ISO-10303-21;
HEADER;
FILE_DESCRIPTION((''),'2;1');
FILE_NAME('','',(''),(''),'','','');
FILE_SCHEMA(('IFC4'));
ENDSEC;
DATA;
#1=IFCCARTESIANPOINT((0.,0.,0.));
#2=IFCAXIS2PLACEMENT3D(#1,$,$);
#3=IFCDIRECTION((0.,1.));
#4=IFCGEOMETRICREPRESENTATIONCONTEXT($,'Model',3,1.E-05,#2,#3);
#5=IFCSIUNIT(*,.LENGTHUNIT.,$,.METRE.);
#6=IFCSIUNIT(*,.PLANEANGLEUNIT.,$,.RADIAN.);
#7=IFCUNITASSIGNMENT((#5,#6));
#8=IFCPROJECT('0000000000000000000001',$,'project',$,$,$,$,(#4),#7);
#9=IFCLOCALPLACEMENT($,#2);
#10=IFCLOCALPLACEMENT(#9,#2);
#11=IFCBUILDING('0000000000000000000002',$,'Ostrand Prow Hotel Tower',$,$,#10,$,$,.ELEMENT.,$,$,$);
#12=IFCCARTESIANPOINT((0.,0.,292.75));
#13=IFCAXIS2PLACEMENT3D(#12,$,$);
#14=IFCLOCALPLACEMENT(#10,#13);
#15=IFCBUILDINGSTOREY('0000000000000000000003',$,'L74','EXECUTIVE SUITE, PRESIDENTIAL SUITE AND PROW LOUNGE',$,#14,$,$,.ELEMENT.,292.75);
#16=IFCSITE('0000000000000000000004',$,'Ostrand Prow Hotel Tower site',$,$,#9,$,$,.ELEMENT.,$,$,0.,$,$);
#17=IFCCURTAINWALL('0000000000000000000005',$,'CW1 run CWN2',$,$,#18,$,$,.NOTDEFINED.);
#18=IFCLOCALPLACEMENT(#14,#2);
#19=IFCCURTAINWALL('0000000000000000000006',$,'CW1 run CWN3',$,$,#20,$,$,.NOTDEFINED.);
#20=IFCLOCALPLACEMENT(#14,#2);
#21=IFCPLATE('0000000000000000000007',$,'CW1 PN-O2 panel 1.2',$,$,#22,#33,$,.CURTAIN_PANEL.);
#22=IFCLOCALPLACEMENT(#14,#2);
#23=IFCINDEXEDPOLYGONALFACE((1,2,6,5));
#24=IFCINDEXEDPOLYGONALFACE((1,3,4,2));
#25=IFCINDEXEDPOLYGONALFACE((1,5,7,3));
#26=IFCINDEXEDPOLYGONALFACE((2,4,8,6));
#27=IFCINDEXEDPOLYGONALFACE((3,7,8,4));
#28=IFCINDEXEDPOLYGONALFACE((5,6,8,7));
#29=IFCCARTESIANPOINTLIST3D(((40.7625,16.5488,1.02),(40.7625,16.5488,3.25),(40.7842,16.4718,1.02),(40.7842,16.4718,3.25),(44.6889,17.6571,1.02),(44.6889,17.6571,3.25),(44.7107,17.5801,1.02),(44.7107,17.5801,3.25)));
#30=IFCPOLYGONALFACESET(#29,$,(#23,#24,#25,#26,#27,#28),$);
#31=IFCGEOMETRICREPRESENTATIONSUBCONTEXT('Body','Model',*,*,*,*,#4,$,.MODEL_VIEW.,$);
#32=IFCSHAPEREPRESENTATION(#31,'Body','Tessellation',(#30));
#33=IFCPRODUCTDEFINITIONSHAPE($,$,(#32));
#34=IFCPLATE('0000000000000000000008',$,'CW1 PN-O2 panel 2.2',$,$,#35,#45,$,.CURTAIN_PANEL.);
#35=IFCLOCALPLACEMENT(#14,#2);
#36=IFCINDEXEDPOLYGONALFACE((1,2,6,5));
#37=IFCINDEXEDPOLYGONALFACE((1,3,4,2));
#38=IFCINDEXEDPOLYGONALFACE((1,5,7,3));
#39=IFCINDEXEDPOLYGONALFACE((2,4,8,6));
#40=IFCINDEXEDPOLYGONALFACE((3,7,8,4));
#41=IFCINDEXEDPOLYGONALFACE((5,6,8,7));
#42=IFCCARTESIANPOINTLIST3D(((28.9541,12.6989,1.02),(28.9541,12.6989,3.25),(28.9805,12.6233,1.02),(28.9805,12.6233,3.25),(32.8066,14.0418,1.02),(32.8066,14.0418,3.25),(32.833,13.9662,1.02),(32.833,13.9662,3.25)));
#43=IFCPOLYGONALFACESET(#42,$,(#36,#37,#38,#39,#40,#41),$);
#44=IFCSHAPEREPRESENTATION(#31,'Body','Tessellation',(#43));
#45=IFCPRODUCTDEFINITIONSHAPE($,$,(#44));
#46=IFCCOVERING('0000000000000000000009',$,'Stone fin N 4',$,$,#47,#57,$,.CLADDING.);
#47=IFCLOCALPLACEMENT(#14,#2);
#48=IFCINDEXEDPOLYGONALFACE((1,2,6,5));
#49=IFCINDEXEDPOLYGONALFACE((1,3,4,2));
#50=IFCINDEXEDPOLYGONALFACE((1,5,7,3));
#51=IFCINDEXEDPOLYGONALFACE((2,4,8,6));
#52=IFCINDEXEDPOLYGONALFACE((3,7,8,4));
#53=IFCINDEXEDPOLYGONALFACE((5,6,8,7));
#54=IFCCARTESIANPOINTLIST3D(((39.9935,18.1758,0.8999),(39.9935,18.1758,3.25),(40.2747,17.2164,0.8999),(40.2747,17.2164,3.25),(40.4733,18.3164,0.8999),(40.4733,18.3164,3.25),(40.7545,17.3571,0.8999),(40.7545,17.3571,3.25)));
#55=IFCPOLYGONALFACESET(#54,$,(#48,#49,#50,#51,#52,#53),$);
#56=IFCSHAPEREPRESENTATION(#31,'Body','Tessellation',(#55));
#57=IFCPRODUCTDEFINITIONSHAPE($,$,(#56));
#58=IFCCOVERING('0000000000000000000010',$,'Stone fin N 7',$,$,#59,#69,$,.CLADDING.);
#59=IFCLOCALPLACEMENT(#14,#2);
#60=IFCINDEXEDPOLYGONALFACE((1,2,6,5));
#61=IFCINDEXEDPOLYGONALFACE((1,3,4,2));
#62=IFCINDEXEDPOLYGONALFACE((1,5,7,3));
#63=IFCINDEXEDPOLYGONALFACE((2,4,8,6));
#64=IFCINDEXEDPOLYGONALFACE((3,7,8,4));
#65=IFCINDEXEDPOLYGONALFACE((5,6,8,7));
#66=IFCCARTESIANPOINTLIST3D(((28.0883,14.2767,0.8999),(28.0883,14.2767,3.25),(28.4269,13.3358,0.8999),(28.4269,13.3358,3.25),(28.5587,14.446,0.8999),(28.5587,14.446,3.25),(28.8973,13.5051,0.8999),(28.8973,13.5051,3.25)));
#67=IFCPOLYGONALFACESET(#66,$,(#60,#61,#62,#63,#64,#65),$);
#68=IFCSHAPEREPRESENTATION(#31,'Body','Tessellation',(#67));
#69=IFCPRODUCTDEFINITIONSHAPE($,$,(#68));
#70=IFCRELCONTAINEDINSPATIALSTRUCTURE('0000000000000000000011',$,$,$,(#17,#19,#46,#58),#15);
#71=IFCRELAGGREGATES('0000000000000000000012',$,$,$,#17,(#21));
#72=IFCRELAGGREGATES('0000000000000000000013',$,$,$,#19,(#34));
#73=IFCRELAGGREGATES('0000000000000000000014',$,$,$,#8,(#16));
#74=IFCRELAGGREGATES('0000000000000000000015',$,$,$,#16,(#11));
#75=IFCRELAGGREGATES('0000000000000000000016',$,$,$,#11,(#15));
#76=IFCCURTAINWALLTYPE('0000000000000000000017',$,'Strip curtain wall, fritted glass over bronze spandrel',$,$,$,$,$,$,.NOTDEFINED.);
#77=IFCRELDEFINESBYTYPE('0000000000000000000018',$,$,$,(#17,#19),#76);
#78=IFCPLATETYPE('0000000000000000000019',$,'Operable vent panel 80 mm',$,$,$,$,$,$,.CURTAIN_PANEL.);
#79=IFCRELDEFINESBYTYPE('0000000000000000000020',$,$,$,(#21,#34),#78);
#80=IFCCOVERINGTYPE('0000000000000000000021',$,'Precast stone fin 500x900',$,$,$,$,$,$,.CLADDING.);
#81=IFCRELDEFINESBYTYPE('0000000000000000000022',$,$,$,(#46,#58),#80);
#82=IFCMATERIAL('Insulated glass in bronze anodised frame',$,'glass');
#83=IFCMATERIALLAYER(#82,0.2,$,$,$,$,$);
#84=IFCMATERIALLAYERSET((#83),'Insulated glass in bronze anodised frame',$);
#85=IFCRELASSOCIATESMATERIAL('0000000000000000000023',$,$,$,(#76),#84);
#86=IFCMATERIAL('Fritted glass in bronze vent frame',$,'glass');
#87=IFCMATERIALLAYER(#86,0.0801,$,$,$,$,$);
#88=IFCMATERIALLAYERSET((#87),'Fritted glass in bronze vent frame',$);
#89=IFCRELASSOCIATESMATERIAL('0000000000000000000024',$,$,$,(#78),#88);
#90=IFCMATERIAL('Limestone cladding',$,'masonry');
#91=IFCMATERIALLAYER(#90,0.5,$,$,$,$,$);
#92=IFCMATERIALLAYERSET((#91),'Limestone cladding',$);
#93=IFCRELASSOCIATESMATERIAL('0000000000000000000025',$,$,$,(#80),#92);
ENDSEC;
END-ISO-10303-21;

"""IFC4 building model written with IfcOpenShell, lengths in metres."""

from ifc_helpers import new_model, si_unit, direction, frame, frame_2d, origin, origin_2d, place, context, subcontext, project, spatial, rectangle, extrude, material, layer, layer_set, type_object, element, aggregate, save


model = new_model("IFC4")

# Units and contexts
model_context = context("Model", 3, precision=1e-05, world=origin(), true_north=direction((0.0, 1.0)))
body_context = subcontext(model_context, "Body", "Model", "MODEL_VIEW")
ifc_project = project(units=[si_unit("LENGTHUNIT", "METRE"), si_unit("PLANEANGLEUNIT", "RADIAN")], contexts=[model_context])

# Site, building, storey
site_placement = place(None, origin())
site = spatial("IfcSite", under=ifc_project, at=site_placement, Name="Ostrand Prow Hotel Tower site", CompositionType="ELEMENT", RefElevation=0.0)
building_placement = place(site_placement, origin())
building = spatial("IfcBuilding", under=site, at=building_placement, Name="Ostrand Prow Hotel Tower", CompositionType="ELEMENT")
storey_placement = place(building_placement, frame((0.0, 0.0, 292.75)))
storey = spatial("IfcBuildingStorey", under=building, at=storey_placement, Name="L74", Description="EXECUTIVE SUITE, PRESIDENTIAL SUITE AND PROW LOUNGE", CompositionType="ELEMENT", Elevation=292.75)

# Curtain walls
ifc_material_1 = material(Name="Insulated glass in bronze anodised frame", Category="glass")
ifc_layer_1 = layer(ifc_material_1, 0.2)
ifc_layer_set_1 = layer_set([ifc_layer_1], Name="Insulated glass in bronze anodised frame")
curtain_wall_type = type_object("IfcCurtainWallType", Name="Strip curtain wall, fritted glass over bronze spandrel", PredefinedType="NOTDEFINED", material=ifc_layer_set_1)
curtain_wall_1_placement = place(storey_placement, origin())
curtain_wall_1 = element("IfcCurtainWall", 1, at=curtain_wall_1_placement, inside=storey, type_object=curtain_wall_type, Name="CW1 run CWN2", PredefinedType="NOTDEFINED")
curtain_wall_2_placement = place(storey_placement, origin())
curtain_wall_2 = element("IfcCurtainWall", 2, at=curtain_wall_2_placement, inside=storey, type_object=curtain_wall_type, Name="CW1 run CWN3", PredefinedType="NOTDEFINED")

# Plates
ifc_material_2 = material(Name="Fritted glass in bronze vent frame", Category="glass")
ifc_layer_2 = layer(ifc_material_2, 0.0801)
ifc_layer_set_2 = layer_set([ifc_layer_2], Name="Fritted glass in bronze vent frame")
plate_type_1 = type_object("IfcPlateType", Name="Operable vent panel 80 mm", PredefinedType="CURTAIN_PANEL", material=ifc_layer_set_2)
plate_1_placement = place(storey_placement, frame((42.7366, 17.0645, 1.02), z_axis=(0.0, 0.0, 1.0), x_axis=(-0.962396, -0.271649, 0.0)))
plate_1 = element("IfcPlate", 3, at=plate_1_placement, type_object=plate_type_1, Name="CW1 PN-O2 panel 1.2", PredefinedType="CURTAIN_PANEL", context=body_context, shape_type="SweptSolid", body=[
    extrude(rectangle(XDim=4.0798, YDim=0.0801, at=origin_2d()), origin(), (0.0, 0.0, 1.0), 2.23),
])
aggregate(curtain_wall_1, [plate_1])
plate_2_placement = place(storey_placement, frame((30.8936, 13.3325, 1.02), z_axis=(0.0, 0.0, 1.0), x_axis=(-0.944275, -0.329158, 0.0)))
plate_2 = element("IfcPlate", 4, at=plate_2_placement, type_object=plate_type_1, Name="CW1 PN-O2 panel 2.2", PredefinedType="CURTAIN_PANEL", context=body_context, shape_type="SweptSolid", body=[
    extrude(rectangle(XDim=4.0798, YDim=0.0801, at=origin_2d()), origin(), (0.0, 0.0, 1.0), 2.23),
])
aggregate(curtain_wall_2, [plate_2])

# Coverings
ifc_material_3 = material(Name="Limestone cladding", Category="masonry")
ifc_layer_3 = layer(ifc_material_3, 0.5)
ifc_layer_set_3 = layer_set([ifc_layer_3], Name="Limestone cladding")
covering_type = type_object("IfcCoveringType", Name="Precast stone fin 500x900", PredefinedType="CLADDING", material=ifc_layer_set_3)
covering_1_placement = place(storey_placement, frame((40.5146, 17.2866, 0.8999), z_axis=(0.0, 0.0, 1.0), x_axis=(-0.281294, 0.959622, 0.0)))
element("IfcCovering", 5, at=covering_1_placement, inside=storey, type_object=covering_type, Name="Stone fin N 4", PredefinedType="CLADDING", context=body_context, shape_type="SweptSolid", body=[
    extrude(rectangle(XDim=0.9998, YDim=0.5, at=frame_2d((0.5, 0.0))), origin(), (0.0, 0.0, 1.0), 2.3501),
])
covering_2_placement = place(storey_placement, frame((28.6621, 13.4204, 0.8999), z_axis=(0.0, 0.0, 1.0), x_axis=(-0.338624, 0.940922, 0.0)))
element("IfcCovering", 6, at=covering_2_placement, inside=storey, type_object=covering_type, Name="Stone fin N 7", PredefinedType="CLADDING", context=body_context, shape_type="SweptSolid", body=[
    extrude(rectangle(XDim=1.0, YDim=0.5, at=frame_2d((0.5, 0.0))), origin(), (0.0, 0.0, 1.0), 2.3501),
])

save(model, "model.ifc")
